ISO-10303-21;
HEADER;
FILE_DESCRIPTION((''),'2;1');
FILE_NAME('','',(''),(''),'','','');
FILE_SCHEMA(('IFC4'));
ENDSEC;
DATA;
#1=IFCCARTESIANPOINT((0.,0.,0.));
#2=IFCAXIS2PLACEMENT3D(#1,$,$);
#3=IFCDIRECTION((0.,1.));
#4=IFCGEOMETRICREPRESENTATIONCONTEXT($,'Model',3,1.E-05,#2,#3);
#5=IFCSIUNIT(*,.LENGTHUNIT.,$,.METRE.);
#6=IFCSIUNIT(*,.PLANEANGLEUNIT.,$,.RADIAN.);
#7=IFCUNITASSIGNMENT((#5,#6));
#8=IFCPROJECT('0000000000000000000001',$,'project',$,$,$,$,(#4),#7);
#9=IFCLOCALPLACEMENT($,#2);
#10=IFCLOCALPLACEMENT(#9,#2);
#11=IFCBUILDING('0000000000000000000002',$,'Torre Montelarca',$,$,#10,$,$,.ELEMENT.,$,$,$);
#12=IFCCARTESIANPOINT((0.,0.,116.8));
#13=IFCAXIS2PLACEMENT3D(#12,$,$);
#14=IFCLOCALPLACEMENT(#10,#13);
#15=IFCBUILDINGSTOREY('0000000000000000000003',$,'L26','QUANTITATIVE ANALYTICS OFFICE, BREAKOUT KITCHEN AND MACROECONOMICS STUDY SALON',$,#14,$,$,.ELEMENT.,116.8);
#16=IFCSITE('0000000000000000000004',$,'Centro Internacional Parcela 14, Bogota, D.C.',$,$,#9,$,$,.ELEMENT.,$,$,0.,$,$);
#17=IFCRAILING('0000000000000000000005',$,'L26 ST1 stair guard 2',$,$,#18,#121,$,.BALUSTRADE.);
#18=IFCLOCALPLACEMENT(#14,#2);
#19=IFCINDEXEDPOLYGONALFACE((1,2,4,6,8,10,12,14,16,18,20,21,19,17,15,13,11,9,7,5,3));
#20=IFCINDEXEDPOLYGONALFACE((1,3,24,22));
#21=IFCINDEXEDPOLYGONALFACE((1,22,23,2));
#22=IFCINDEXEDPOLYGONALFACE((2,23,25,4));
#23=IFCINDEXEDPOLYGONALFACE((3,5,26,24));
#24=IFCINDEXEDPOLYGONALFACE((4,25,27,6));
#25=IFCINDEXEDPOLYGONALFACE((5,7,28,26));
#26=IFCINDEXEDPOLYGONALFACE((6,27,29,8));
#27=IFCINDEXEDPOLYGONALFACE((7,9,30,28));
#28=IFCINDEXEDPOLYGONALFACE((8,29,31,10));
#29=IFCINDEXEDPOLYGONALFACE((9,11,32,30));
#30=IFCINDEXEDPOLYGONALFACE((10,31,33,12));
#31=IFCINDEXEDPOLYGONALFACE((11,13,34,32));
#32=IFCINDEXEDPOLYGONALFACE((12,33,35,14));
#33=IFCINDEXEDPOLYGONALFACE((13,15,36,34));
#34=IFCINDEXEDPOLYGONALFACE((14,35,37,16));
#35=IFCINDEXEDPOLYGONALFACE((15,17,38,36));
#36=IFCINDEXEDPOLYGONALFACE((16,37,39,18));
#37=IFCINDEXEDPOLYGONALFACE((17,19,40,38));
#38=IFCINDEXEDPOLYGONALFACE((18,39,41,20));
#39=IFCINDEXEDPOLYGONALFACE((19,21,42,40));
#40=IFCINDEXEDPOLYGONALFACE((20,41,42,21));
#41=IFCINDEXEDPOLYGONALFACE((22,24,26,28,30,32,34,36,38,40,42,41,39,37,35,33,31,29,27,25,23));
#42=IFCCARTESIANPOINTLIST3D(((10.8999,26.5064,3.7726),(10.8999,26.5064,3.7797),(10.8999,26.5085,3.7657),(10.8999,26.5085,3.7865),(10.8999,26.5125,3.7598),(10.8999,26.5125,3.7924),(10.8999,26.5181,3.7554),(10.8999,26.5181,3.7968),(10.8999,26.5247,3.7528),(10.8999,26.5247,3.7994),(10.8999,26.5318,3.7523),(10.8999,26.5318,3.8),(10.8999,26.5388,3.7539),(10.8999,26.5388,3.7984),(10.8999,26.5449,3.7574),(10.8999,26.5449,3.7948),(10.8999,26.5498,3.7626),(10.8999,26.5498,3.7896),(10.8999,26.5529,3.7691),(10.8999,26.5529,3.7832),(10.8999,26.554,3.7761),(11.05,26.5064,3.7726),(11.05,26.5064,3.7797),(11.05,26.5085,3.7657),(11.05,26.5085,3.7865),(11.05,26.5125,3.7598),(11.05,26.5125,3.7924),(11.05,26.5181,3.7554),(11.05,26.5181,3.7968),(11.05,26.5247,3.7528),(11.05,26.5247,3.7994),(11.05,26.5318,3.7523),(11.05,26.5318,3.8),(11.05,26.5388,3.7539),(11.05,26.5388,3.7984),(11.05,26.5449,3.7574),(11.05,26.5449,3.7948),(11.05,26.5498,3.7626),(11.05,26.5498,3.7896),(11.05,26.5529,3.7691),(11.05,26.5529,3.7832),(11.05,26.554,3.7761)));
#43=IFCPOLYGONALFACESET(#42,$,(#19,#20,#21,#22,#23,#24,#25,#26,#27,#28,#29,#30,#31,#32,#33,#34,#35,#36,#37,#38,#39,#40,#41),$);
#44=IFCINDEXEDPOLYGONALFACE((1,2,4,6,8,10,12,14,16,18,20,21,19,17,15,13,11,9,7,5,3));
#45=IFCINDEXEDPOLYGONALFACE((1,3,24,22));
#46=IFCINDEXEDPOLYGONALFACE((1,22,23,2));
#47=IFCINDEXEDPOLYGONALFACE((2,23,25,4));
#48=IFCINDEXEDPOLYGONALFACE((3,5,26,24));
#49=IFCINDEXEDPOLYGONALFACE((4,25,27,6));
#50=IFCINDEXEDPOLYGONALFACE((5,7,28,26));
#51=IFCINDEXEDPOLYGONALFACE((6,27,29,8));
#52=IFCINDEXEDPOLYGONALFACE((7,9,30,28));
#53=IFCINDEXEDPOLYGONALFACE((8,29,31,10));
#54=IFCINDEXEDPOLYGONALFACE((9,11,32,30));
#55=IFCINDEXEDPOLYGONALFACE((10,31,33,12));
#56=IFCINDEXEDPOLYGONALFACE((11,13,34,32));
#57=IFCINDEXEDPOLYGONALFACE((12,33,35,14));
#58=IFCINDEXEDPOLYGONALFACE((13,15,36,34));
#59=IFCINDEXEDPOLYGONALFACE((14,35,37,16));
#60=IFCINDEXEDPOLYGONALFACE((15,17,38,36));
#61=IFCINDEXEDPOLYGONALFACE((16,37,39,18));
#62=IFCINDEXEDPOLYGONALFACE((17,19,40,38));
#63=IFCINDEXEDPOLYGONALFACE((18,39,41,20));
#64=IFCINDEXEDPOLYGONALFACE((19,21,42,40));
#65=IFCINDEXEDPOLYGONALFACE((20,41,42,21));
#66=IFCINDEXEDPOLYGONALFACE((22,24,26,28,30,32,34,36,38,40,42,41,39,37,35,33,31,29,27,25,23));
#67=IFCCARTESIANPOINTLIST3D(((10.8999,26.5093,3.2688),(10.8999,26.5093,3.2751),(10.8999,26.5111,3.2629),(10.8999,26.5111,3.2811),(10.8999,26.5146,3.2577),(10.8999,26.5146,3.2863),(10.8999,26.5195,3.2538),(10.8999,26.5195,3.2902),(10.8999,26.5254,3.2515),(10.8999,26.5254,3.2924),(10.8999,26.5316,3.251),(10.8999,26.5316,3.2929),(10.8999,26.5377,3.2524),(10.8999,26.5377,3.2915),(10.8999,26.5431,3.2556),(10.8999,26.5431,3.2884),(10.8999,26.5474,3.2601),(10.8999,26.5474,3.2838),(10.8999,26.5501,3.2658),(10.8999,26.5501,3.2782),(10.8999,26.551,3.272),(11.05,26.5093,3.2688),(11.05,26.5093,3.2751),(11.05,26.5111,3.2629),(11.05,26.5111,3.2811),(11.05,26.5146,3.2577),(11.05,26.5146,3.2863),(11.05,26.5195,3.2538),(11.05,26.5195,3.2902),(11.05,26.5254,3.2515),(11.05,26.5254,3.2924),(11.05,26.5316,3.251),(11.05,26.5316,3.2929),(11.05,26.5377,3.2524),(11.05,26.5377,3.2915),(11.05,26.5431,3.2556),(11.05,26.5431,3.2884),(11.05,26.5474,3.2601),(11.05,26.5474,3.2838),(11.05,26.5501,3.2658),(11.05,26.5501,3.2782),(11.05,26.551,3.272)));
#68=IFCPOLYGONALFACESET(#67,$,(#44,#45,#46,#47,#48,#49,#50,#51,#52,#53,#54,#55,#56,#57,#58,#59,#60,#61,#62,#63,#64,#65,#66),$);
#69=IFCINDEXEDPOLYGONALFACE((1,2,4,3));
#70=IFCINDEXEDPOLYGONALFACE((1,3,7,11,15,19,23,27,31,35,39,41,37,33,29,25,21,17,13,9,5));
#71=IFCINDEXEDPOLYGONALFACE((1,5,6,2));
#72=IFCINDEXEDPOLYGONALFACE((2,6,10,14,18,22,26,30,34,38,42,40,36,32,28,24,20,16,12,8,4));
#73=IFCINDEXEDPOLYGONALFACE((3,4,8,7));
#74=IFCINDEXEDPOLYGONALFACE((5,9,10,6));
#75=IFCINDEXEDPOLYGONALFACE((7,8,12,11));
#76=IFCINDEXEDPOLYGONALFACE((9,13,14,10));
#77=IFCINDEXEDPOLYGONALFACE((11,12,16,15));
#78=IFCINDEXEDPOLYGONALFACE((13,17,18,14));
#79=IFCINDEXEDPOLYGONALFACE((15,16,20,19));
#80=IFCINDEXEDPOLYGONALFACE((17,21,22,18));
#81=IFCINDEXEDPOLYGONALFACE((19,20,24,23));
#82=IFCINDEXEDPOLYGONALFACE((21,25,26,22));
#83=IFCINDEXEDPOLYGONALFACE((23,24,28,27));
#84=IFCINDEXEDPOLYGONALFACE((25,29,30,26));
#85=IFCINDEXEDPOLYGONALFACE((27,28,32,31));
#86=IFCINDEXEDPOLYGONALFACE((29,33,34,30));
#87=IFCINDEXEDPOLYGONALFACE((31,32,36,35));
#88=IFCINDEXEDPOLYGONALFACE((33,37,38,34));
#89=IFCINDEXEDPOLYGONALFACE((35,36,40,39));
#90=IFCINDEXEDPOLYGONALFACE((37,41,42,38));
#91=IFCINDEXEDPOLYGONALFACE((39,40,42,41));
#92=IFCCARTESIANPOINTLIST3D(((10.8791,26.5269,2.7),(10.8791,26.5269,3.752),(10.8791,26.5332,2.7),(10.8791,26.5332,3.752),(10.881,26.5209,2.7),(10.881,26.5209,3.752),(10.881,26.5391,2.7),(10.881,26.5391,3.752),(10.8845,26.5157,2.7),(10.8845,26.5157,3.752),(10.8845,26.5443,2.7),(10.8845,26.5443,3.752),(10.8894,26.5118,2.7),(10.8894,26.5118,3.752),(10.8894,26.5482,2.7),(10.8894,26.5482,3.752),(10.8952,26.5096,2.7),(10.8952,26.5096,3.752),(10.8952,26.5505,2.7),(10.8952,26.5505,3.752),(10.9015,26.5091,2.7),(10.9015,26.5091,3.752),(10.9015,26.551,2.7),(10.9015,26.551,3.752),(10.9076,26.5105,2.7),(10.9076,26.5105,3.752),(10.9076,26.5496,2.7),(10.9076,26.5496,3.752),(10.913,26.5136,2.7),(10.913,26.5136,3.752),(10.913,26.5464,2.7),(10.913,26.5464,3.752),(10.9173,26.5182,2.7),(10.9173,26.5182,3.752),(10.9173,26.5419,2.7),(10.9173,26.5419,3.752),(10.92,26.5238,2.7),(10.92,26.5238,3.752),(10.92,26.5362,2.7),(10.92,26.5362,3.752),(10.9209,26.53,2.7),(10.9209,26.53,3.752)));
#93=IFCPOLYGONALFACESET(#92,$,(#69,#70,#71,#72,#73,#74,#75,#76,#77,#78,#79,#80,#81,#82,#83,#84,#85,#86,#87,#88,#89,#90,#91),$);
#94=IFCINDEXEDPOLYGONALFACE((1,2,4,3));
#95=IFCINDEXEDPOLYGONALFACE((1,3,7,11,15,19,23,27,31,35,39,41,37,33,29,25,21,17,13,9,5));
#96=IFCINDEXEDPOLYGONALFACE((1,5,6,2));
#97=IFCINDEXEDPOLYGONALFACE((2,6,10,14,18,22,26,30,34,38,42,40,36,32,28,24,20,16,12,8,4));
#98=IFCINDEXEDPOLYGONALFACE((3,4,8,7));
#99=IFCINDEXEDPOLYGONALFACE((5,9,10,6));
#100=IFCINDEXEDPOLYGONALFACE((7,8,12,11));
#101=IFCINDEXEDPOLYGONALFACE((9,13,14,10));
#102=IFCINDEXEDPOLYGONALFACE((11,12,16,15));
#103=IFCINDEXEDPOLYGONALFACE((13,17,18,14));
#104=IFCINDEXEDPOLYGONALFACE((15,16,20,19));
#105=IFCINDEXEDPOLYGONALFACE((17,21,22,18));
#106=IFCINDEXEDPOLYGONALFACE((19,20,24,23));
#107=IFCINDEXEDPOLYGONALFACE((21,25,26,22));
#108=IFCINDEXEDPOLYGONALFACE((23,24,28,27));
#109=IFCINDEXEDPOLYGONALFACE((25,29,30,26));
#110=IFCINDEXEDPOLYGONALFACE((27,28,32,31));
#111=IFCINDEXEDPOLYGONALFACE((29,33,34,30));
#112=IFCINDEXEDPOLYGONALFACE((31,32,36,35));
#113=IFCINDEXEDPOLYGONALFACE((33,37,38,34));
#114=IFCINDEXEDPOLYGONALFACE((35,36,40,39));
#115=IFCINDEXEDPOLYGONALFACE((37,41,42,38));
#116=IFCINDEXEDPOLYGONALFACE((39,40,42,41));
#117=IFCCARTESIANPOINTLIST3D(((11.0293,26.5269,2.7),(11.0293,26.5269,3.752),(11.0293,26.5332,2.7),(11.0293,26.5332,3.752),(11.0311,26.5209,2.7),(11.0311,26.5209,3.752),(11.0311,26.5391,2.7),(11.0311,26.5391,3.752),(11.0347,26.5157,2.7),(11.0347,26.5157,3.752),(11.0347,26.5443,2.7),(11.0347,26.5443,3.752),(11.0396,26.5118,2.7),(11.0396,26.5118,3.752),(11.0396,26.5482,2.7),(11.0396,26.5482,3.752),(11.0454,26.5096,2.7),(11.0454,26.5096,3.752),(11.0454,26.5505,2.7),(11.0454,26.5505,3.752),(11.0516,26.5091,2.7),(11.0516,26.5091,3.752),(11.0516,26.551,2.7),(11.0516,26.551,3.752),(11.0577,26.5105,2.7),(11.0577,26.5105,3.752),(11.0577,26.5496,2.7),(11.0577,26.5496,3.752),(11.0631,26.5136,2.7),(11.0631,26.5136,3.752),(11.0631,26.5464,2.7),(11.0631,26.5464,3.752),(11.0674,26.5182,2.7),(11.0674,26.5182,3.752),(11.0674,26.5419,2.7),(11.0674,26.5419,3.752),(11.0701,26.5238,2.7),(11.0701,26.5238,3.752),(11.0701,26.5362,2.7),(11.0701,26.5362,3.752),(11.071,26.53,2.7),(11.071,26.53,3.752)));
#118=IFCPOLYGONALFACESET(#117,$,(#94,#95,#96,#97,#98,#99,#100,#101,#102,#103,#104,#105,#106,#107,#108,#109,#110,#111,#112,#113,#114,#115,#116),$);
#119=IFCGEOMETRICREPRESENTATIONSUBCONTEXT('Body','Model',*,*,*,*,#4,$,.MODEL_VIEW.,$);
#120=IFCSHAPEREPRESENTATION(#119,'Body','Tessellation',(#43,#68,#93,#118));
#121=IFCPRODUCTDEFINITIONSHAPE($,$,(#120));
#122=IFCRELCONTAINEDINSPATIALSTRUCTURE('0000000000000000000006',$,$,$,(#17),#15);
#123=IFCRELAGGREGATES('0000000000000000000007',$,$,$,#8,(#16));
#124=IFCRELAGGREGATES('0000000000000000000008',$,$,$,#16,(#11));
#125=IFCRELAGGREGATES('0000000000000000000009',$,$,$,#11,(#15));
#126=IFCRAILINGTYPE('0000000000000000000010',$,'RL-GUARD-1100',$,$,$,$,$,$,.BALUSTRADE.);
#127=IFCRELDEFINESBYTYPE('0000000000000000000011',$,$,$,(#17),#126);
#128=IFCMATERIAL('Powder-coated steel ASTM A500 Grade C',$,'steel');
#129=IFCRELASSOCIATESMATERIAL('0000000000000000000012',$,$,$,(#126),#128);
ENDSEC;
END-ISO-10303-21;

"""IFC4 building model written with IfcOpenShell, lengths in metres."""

from ifc_helpers import new_model, si_unit, direction, frame, origin, origin_2d, place, context, subcontext, project, spatial, circle, extrude, material, type_object, element, save


model = new_model("IFC4")

# Units and contexts
model_context = context("Model", 3, precision=1e-05, world=origin(), true_north=direction((0.0, 1.0)))
body_context = subcontext(model_context, "Body", "Model", "MODEL_VIEW")
ifc_project = project(units=[si_unit("LENGTHUNIT", "METRE"), si_unit("PLANEANGLEUNIT", "RADIAN")], contexts=[model_context])

# Site, building, storey
site_placement = place(None, origin())
site = spatial("IfcSite", under=ifc_project, at=site_placement, Name="Centro Internacional Parcela 14, Bogota, D.C.", CompositionType="ELEMENT", RefElevation=0.0)
building_placement = place(site_placement, origin())
building = spatial("IfcBuilding", under=site, at=building_placement, Name="Torre Montelarca", CompositionType="ELEMENT")
storey_placement = place(building_placement, frame((0.0, 0.0, 116.8)))
storey = spatial("IfcBuildingStorey", under=building, at=storey_placement, Name="L26", Description="QUANTITATIVE ANALYTICS OFFICE, BREAKOUT KITCHEN AND MACROECONOMICS STUDY SALON", CompositionType="ELEMENT", Elevation=116.8)

# Railing
ifc_material_1 = material(Name="Powder-coated steel ASTM A500 Grade C", Category="steel")
railing_type_1 = type_object("IfcRailingType", Name="RL-GUARD-1100", PredefinedType="BALUSTRADE", material=ifc_material_1)
railing_1_placement = place(storey_placement, frame((10.8999, 26.53, 2.7)))
element("IfcRailing", 1, at=railing_1_placement, inside=storey, type_object=railing_type_1, Name="L26 ST1 stair guard 2", PredefinedType="BALUSTRADE", context=body_context, shape_type="SweptSolid", body=[
    extrude(circle(Radius=0.0239, at=origin_2d()), frame((0.0, 0.0, 1.0762), z_axis=(1.0, 0.0, 0.0), x_axis=(0.0, 1.0, 0.0)), (0.0, 0.0, 1.0), 0.1501),
    extrude(circle(Radius=0.021, at=origin_2d()), frame((0.0, 0.0, 0.572), z_axis=(1.0, 0.0, 0.0), x_axis=(0.0, 1.0, 0.0)), (0.0, 0.0, 1.0), 0.1501),
    extrude(circle(Radius=0.021, at=origin_2d()), origin(), (0.0, 0.0, 1.0), 1.052),
    extrude(circle(Radius=0.021, at=origin_2d()), frame((0.1501, 0.0, 0.0)), (0.0, 0.0, 1.0), 1.052),
])

save(model, "model.ifc")
